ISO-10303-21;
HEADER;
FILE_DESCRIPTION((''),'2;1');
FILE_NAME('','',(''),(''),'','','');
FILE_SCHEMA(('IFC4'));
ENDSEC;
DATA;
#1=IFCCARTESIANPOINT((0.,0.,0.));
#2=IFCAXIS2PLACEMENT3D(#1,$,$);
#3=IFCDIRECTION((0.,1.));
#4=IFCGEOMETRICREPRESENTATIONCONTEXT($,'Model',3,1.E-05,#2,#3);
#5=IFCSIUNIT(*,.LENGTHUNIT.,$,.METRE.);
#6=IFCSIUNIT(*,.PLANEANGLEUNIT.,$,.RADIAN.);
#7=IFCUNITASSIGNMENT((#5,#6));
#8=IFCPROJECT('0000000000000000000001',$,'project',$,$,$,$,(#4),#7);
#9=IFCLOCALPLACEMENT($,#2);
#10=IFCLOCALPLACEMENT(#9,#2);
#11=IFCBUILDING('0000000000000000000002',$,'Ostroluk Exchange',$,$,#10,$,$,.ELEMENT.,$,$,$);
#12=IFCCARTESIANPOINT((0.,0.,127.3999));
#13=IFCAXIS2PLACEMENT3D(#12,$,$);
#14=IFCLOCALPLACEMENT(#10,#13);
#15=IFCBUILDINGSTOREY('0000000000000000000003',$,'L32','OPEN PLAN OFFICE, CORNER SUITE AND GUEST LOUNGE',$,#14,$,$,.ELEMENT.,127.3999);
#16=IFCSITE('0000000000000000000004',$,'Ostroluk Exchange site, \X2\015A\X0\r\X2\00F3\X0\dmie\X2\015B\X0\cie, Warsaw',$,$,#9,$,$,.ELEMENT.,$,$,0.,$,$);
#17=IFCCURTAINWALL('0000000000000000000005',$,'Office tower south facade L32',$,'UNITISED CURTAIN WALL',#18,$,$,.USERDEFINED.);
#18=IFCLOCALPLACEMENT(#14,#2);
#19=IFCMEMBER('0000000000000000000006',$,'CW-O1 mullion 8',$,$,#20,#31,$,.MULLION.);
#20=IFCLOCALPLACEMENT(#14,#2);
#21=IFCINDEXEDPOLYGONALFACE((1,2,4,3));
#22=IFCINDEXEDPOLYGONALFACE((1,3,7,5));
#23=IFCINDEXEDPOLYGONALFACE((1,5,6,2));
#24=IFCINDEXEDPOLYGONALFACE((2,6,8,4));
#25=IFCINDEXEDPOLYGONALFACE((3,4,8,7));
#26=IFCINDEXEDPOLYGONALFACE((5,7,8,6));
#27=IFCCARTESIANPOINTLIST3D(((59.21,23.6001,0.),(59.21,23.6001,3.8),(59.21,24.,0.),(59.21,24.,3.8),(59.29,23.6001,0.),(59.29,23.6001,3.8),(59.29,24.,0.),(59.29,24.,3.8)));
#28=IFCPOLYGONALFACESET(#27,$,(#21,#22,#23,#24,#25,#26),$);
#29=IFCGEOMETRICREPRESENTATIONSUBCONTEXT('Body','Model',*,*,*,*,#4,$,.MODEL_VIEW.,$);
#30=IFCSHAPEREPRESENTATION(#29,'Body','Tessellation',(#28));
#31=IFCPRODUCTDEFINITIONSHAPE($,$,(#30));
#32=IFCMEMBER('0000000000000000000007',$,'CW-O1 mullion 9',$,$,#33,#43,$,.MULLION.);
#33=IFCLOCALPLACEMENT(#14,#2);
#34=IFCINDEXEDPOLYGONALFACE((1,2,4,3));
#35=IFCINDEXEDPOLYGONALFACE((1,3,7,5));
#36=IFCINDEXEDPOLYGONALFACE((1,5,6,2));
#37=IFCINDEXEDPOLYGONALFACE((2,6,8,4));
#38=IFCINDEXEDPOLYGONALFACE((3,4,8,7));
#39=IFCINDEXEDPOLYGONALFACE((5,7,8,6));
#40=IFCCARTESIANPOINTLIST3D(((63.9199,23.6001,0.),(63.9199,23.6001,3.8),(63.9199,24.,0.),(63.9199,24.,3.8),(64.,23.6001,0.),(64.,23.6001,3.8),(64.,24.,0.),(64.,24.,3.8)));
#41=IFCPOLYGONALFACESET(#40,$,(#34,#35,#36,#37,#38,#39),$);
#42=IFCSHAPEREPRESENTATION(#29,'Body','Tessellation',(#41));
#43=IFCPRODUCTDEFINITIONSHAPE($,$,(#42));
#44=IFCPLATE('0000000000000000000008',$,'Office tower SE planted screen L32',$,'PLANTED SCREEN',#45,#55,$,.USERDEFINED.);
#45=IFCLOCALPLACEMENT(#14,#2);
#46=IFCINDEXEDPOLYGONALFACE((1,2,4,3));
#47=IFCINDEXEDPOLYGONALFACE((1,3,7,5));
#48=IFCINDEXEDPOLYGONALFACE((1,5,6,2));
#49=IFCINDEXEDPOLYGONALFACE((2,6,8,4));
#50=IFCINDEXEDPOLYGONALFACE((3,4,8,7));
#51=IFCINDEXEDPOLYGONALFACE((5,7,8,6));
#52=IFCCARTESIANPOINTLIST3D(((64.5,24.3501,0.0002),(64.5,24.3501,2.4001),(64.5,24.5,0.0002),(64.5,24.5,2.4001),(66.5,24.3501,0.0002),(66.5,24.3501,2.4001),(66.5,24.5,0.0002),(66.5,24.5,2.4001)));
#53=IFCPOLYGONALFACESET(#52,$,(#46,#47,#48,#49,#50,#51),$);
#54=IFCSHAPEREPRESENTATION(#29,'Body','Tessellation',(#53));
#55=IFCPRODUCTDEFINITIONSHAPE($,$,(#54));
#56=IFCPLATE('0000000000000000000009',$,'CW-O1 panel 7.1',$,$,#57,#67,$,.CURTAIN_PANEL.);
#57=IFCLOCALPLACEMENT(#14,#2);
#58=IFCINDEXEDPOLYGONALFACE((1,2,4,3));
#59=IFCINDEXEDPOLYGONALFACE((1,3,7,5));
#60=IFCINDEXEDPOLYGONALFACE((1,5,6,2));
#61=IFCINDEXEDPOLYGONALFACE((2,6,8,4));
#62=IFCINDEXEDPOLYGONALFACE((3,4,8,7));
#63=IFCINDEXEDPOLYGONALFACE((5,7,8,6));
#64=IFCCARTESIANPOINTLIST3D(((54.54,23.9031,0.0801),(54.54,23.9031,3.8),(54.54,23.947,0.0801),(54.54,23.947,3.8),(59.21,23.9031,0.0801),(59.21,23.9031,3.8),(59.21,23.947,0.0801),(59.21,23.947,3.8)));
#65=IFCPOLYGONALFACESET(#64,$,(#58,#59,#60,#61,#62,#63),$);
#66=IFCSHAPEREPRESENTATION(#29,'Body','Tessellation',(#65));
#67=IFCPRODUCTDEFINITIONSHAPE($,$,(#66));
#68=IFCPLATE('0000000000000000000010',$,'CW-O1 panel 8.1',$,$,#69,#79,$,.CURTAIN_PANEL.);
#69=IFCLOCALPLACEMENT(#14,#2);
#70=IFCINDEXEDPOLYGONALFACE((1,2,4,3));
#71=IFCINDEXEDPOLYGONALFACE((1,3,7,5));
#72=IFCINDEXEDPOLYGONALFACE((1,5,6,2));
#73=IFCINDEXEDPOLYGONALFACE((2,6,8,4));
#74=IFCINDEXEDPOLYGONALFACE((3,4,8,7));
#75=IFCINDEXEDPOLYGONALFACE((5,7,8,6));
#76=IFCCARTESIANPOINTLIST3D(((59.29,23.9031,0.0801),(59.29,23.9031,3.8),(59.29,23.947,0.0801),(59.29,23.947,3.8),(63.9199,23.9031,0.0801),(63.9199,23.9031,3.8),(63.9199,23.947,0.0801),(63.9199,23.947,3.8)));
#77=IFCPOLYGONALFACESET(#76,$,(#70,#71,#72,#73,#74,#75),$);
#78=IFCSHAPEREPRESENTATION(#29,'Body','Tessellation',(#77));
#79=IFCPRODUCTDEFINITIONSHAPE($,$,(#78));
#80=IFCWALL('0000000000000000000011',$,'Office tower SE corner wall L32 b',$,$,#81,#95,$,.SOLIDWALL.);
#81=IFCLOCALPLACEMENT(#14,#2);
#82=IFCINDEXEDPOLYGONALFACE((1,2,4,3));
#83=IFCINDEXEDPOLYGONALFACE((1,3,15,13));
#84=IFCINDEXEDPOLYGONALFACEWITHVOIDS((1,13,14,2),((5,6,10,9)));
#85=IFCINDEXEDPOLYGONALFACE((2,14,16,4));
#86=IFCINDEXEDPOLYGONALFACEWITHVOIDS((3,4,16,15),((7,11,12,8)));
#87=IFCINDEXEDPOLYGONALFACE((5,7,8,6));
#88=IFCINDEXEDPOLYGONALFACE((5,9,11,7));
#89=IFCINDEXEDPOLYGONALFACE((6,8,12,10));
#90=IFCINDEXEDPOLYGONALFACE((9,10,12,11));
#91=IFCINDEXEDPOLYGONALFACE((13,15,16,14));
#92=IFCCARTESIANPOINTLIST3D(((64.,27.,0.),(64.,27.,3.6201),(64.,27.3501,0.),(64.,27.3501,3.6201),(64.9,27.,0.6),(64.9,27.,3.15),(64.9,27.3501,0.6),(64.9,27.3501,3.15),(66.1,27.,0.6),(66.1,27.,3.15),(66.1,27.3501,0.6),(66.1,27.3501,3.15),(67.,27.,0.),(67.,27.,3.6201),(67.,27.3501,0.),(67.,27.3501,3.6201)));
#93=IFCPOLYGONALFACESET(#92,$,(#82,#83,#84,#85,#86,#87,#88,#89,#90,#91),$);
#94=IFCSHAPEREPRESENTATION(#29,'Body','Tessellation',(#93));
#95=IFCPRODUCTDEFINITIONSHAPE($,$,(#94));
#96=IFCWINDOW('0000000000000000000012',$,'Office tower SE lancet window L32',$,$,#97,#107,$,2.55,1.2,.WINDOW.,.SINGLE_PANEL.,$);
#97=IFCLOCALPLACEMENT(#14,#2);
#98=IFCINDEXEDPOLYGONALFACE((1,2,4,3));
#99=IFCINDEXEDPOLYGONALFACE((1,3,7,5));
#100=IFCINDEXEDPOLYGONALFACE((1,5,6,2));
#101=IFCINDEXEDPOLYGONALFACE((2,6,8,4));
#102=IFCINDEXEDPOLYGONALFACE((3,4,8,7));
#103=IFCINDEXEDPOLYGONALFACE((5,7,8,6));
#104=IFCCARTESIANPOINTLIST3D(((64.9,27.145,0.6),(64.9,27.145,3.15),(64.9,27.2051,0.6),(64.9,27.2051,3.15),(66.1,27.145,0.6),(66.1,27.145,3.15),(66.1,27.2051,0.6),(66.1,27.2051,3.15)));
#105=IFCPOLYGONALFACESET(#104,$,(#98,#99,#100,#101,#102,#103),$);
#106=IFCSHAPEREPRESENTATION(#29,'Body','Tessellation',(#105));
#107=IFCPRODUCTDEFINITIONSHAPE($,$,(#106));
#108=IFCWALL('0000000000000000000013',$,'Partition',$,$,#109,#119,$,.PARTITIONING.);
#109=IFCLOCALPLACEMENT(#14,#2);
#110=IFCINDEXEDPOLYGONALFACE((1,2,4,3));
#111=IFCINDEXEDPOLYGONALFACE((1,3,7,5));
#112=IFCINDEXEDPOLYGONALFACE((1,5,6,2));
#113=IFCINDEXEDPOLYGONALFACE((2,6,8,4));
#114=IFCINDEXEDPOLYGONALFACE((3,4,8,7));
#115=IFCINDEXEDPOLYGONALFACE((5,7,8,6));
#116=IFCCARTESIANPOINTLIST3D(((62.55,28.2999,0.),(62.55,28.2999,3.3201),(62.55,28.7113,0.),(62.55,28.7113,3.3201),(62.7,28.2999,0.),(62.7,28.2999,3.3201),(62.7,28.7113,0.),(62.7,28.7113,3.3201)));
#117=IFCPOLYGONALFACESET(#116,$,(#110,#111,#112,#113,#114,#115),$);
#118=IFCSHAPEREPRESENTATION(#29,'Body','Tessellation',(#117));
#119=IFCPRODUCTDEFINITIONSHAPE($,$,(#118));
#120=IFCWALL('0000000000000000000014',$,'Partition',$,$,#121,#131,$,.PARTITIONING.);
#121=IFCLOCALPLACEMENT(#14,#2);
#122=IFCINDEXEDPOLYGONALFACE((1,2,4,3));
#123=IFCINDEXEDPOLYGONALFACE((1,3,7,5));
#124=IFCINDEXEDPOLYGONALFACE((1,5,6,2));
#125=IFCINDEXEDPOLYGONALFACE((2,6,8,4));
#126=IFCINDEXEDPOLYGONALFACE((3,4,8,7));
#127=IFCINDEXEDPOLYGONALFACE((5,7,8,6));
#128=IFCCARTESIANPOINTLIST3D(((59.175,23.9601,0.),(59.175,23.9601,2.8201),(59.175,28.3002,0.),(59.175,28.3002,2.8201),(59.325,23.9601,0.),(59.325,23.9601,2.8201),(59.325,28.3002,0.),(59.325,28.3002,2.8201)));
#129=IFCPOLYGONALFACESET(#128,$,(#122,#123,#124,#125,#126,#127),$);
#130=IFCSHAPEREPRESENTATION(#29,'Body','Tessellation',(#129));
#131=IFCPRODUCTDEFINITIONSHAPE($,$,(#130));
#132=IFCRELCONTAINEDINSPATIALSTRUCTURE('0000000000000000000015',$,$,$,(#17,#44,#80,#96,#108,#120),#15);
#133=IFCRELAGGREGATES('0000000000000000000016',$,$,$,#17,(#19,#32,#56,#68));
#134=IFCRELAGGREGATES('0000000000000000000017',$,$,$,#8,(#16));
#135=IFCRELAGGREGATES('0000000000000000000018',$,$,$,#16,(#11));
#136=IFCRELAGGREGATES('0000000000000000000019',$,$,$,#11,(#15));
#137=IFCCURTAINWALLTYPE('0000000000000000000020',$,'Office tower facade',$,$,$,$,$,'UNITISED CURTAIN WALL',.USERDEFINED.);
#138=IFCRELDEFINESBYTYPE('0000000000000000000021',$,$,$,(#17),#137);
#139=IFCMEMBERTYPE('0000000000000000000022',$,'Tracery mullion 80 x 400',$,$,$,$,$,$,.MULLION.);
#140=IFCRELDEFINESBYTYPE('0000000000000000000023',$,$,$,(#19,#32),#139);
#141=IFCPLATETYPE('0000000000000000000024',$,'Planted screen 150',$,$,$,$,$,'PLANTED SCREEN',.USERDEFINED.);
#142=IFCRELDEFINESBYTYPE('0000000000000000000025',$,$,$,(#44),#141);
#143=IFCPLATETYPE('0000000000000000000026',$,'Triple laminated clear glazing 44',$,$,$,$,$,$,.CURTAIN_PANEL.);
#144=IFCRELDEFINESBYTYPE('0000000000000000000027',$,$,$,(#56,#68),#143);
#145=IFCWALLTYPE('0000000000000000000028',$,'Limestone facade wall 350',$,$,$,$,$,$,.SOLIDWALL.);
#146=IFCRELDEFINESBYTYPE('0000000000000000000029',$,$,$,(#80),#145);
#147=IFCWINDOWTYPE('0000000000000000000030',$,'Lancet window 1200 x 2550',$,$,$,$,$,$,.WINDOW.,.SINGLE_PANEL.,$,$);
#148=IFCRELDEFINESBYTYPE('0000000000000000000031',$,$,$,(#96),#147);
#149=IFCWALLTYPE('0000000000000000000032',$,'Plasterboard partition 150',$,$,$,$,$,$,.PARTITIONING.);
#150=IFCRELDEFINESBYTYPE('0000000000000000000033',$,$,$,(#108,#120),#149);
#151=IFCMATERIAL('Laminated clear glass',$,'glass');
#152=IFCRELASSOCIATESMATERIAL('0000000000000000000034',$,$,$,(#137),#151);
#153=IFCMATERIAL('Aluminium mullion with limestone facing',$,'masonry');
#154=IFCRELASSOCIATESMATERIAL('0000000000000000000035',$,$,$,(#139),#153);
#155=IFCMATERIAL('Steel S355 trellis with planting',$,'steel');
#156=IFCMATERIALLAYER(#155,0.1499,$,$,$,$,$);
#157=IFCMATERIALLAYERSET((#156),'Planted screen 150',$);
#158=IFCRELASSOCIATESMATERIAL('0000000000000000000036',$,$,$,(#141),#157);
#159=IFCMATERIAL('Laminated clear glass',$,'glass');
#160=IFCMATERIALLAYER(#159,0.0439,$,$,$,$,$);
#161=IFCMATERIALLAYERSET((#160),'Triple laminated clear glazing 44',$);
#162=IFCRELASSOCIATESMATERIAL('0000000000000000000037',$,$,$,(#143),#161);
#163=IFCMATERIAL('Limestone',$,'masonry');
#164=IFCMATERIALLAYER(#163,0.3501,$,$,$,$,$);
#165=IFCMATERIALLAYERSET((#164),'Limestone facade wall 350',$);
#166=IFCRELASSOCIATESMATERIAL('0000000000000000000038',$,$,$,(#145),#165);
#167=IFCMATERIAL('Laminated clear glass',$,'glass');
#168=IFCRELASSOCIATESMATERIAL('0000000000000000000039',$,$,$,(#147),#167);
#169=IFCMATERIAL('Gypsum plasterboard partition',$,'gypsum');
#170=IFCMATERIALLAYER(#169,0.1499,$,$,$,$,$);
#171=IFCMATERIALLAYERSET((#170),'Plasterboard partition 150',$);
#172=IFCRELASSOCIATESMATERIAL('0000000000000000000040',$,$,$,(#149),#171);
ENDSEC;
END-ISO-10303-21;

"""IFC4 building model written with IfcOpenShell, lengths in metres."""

from ifc_helpers import new_model, si_unit, direction, frame, frame_2d, origin, origin_2d, place, context, subcontext, project, spatial, rectangle, extrude, material, layer, layer_set, material_profile, profile_set, type_object, element, fill, aggregate, save


model = new_model("IFC4")

# Units and contexts
model_context = context("Model", 3, precision=1e-05, world=origin(), true_north=direction((0.0, 1.0)))
body_context = subcontext(model_context, "Body", "Model", "MODEL_VIEW")
ifc_project = project(units=[si_unit("LENGTHUNIT", "METRE"), si_unit("PLANEANGLEUNIT", "RADIAN")], contexts=[model_context])

# Site, building, storey
site_placement = place(None, origin())
site = spatial("IfcSite", under=ifc_project, at=site_placement, Name="Ostroluk Exchange site, Śródmieście, Warsaw", CompositionType="ELEMENT", RefElevation=0.0)
building_placement = place(site_placement, origin())
building = spatial("IfcBuilding", under=site, at=building_placement, Name="Ostroluk Exchange", CompositionType="ELEMENT")
storey_placement = place(building_placement, frame((0.0, 0.0, 127.3999)))
storey = spatial("IfcBuildingStorey", under=building, at=storey_placement, Name="L32", Description="OPEN PLAN OFFICE, CORNER SUITE AND GUEST LOUNGE", CompositionType="ELEMENT", Elevation=127.3999)

# Curtain wall
ifc_material_1 = material(Name="Laminated clear glass", Category="glass")
curtain_wall_type = type_object("IfcCurtainWallType", Name="Office tower facade", ElementType="UNITISED CURTAIN WALL", PredefinedType="USERDEFINED", material=ifc_material_1)
curtain_wall_1_placement = place(storey_placement, origin())
curtain_wall_1 = element("IfcCurtainWall", 1, at=curtain_wall_1_placement, inside=storey, type_object=curtain_wall_type, Name="Office tower south facade L32", ObjectType="UNITISED CURTAIN WALL", PredefinedType="USERDEFINED")

# Members
ifc_material_2 = material(Name="Aluminium mullion with limestone facing", Category="masonry")
ifc_material_profile_1 = material_profile(ifc_material_2, rectangle(XDim=0.3999, YDim=0.0801, at=origin_2d()), Name="Tracery mullion 80 x 400")
ifc_profile_set_1 = profile_set([ifc_material_profile_1], Name="Aluminium mullion with limestone facing")
member_type_1 = type_object("IfcMemberType", Name="Tracery mullion 80 x 400", PredefinedType="MULLION", material=ifc_profile_set_1)
member_1_placement = place(storey_placement, frame((59.25, 23.8, 0.0), z_axis=(0.0, 0.0, 1.0), x_axis=(0.0, 1.0, 0.0)))
member_1 = element("IfcMember", 2, at=member_1_placement, type_object=member_type_1, Name="CW-O1 mullion 8", PredefinedType="MULLION", context=body_context, shape_type="SweptSolid", body=[
    extrude(rectangle(XDim=0.3999, YDim=0.0801, at=origin_2d()), origin(), (0.0, 0.0, 1.0), 3.8),
])
member_2_placement = place(storey_placement, frame((63.96, 23.8, 0.0), z_axis=(0.0, 0.0, 1.0), x_axis=(0.0, 1.0, 0.0)))
member_2 = element("IfcMember", 3, at=member_2_placement, type_object=member_type_1, Name="CW-O1 mullion 9", PredefinedType="MULLION", context=body_context, shape_type="SweptSolid", body=[
    extrude(rectangle(XDim=0.3999, YDim=0.0801, at=origin_2d()), origin(), (0.0, 0.0, 1.0), 3.8),
])

# Plates
ifc_material_3 = material(Name="Steel S355 trellis with planting", Category="steel")
ifc_layer_1 = layer(ifc_material_3, 0.1499)
ifc_layer_set_1 = layer_set([ifc_layer_1], Name="Planted screen 150")
plate_type_1 = type_object("IfcPlateType", Name="Planted screen 150", ElementType="PLANTED SCREEN", PredefinedType="USERDEFINED", material=ifc_layer_set_1)
plate_1_placement = place(storey_placement, frame((65.5, 24.425, 0.0002), z_axis=(0.0, 0.0, 1.0), x_axis=(1.0, 0.0, 0.0)))
element("IfcPlate", 4, at=plate_1_placement, inside=storey, type_object=plate_type_1, Name="Office tower SE planted screen L32", ObjectType="PLANTED SCREEN", PredefinedType="USERDEFINED", context=body_context, shape_type="SweptSolid", body=[
    extrude(rectangle(XDim=2.0, YDim=0.1499, at=origin_2d()), origin(), (0.0, 0.0, 1.0), 2.3999),
])
ifc_material_4 = material(Name="Laminated clear glass", Category="glass")
ifc_layer_2 = layer(ifc_material_4, 0.0439)
ifc_layer_set_2 = layer_set([ifc_layer_2], Name="Triple laminated clear glazing 44")
plate_type_2 = type_object("IfcPlateType", Name="Triple laminated clear glazing 44", PredefinedType="CURTAIN_PANEL", material=ifc_layer_set_2)
plate_2_placement = place(storey_placement, frame((56.875, 23.925, 0.0801), z_axis=(0.0, 0.0, 1.0), x_axis=(1.0, 0.0, 0.0)))
plate_2 = element("IfcPlate", 5, at=plate_2_placement, type_object=plate_type_2, Name="CW-O1 panel 7.1", PredefinedType="CURTAIN_PANEL", context=body_context, shape_type="SweptSolid", body=[
    extrude(rectangle(XDim=4.6699, YDim=0.0439, at=origin_2d()), origin(), (0.0, 0.0, 1.0), 3.72),
])
plate_3_placement = place(storey_placement, frame((61.605, 23.925, 0.0801), z_axis=(0.0, 0.0, 1.0), x_axis=(1.0, 0.0, 0.0)))
plate_3 = element("IfcPlate", 6, at=plate_3_placement, type_object=plate_type_2, Name="CW-O1 panel 8.1", PredefinedType="CURTAIN_PANEL", context=body_context, shape_type="SweptSolid", body=[
    extrude(rectangle(XDim=4.6299, YDim=0.0439, at=origin_2d()), origin(), (0.0, 0.0, 1.0), 3.72),
])
aggregate(curtain_wall_1, [member_1, member_2, plate_2, plate_3])

# Shared definitions
ifc_material_5 = material(Name="Limestone", Category="masonry")
ifc_layer_3 = layer(ifc_material_5, 0.3501)
ifc_layer_set_3 = layer_set([ifc_layer_3], Name="Limestone facade wall 350")
wall_type_1 = type_object("IfcWallType", Name="Limestone facade wall 350", PredefinedType="SOLIDWALL", material=ifc_layer_set_3)

# Wall, opening, window
wall_1_placement = place(storey_placement, frame((64.0, 27.175, 0.0), z_axis=(0.0, 0.0, 1.0), x_axis=(1.0, 0.0, 0.0)))
wall_1 = element("IfcWall", 7, at=wall_1_placement, inside=storey, type_object=wall_type_1, Name="Office tower SE corner wall L32 b", PredefinedType="SOLIDWALL", context=body_context, shape_type="SweptSolid", body=[
    extrude(rectangle(XDim=3.0, YDim=0.3501, at=frame_2d((1.5, 0.0))), origin(), (0.0, 0.0, 1.0), 3.6201),
])
opening_1_placement = place(wall_1_placement, frame((0.8999, 0.0, 0.6001)))
opening_1 = element("IfcOpeningElement", 8, at=opening_1_placement, cuts=wall_1, PredefinedType="OPENING", context=body_context, shape_type="SweptSolid", body=[
    extrude(rectangle(XDim=1.2, YDim=2.55, at=frame_2d((0.6001, 1.2749))), frame((0.0, 0.1851, 0.0), z_axis=(0.0, -1.0, 0.0), x_axis=(1.0, 0.0, 0.0)), (0.0, 0.0, 1.0), 0.3701),
])
ifc_material_6 = material(Name="Laminated clear glass", Category="glass")
window_type = type_object("IfcWindowType", Name="Lancet window 1200 x 2550", PartitioningType="SINGLE_PANEL", PredefinedType="WINDOW", material=ifc_material_6)
window_placement = place(opening_1_placement, origin())
window = element("IfcWindow", 9, at=window_placement, inside=storey, type_object=window_type, Name="Office tower SE lancet window L32", OverallHeight=2.55, OverallWidth=1.2, PartitioningType="SINGLE_PANEL", PredefinedType="WINDOW", context=body_context, shape_type="SweptSolid", body=[
    extrude(rectangle(XDim=1.2, YDim=2.55, at=frame_2d((0.6001, 1.2749))), frame((0.0, 0.03, 0.0), z_axis=(0.0, -1.0, 0.0), x_axis=(1.0, 0.0, 0.0)), (0.0, 0.0, 1.0), 0.0601),
])
fill(opening_1, window)

# Walls
ifc_material_7 = material(Name="Gypsum plasterboard partition", Category="gypsum")
ifc_layer_4 = layer(ifc_material_7, 0.1499)
ifc_layer_set_4 = layer_set([ifc_layer_4], Name="Plasterboard partition 150")
wall_type_2 = type_object("IfcWallType", Name="Plasterboard partition 150", PredefinedType="PARTITIONING", material=ifc_layer_set_4)
wall_2_placement = place(storey_placement, frame((62.625, 28.3, 0.0), z_axis=(0.0, 0.0, 1.0), x_axis=(0.0, 1.0, 0.0)))
element("IfcWall", 10, at=wall_2_placement, inside=storey, type_object=wall_type_2, Name="Partition", PredefinedType="PARTITIONING", context=body_context, shape_type="SweptSolid", body=[
    extrude(rectangle(XDim=0.4114, YDim=0.1499, at=frame_2d((0.2056, 0.0))), origin(), (0.0, 0.0, 1.0), 3.3201),
])
wall_3_placement = place(storey_placement, frame((59.25, 28.3, 0.0), z_axis=(0.0, 0.0, 1.0), x_axis=(0.0, -1.0, 0.0)))
element("IfcWall", 11, at=wall_3_placement, inside=storey, type_object=wall_type_2, Name="Partition", PredefinedType="PARTITIONING", context=body_context, shape_type="SweptSolid", body=[
    extrude(rectangle(XDim=4.3401, YDim=0.1499, at=frame_2d((2.1699, 0.0))), origin(), (0.0, 0.0, 1.0), 2.8201),
])

save(model, "model.ifc")
